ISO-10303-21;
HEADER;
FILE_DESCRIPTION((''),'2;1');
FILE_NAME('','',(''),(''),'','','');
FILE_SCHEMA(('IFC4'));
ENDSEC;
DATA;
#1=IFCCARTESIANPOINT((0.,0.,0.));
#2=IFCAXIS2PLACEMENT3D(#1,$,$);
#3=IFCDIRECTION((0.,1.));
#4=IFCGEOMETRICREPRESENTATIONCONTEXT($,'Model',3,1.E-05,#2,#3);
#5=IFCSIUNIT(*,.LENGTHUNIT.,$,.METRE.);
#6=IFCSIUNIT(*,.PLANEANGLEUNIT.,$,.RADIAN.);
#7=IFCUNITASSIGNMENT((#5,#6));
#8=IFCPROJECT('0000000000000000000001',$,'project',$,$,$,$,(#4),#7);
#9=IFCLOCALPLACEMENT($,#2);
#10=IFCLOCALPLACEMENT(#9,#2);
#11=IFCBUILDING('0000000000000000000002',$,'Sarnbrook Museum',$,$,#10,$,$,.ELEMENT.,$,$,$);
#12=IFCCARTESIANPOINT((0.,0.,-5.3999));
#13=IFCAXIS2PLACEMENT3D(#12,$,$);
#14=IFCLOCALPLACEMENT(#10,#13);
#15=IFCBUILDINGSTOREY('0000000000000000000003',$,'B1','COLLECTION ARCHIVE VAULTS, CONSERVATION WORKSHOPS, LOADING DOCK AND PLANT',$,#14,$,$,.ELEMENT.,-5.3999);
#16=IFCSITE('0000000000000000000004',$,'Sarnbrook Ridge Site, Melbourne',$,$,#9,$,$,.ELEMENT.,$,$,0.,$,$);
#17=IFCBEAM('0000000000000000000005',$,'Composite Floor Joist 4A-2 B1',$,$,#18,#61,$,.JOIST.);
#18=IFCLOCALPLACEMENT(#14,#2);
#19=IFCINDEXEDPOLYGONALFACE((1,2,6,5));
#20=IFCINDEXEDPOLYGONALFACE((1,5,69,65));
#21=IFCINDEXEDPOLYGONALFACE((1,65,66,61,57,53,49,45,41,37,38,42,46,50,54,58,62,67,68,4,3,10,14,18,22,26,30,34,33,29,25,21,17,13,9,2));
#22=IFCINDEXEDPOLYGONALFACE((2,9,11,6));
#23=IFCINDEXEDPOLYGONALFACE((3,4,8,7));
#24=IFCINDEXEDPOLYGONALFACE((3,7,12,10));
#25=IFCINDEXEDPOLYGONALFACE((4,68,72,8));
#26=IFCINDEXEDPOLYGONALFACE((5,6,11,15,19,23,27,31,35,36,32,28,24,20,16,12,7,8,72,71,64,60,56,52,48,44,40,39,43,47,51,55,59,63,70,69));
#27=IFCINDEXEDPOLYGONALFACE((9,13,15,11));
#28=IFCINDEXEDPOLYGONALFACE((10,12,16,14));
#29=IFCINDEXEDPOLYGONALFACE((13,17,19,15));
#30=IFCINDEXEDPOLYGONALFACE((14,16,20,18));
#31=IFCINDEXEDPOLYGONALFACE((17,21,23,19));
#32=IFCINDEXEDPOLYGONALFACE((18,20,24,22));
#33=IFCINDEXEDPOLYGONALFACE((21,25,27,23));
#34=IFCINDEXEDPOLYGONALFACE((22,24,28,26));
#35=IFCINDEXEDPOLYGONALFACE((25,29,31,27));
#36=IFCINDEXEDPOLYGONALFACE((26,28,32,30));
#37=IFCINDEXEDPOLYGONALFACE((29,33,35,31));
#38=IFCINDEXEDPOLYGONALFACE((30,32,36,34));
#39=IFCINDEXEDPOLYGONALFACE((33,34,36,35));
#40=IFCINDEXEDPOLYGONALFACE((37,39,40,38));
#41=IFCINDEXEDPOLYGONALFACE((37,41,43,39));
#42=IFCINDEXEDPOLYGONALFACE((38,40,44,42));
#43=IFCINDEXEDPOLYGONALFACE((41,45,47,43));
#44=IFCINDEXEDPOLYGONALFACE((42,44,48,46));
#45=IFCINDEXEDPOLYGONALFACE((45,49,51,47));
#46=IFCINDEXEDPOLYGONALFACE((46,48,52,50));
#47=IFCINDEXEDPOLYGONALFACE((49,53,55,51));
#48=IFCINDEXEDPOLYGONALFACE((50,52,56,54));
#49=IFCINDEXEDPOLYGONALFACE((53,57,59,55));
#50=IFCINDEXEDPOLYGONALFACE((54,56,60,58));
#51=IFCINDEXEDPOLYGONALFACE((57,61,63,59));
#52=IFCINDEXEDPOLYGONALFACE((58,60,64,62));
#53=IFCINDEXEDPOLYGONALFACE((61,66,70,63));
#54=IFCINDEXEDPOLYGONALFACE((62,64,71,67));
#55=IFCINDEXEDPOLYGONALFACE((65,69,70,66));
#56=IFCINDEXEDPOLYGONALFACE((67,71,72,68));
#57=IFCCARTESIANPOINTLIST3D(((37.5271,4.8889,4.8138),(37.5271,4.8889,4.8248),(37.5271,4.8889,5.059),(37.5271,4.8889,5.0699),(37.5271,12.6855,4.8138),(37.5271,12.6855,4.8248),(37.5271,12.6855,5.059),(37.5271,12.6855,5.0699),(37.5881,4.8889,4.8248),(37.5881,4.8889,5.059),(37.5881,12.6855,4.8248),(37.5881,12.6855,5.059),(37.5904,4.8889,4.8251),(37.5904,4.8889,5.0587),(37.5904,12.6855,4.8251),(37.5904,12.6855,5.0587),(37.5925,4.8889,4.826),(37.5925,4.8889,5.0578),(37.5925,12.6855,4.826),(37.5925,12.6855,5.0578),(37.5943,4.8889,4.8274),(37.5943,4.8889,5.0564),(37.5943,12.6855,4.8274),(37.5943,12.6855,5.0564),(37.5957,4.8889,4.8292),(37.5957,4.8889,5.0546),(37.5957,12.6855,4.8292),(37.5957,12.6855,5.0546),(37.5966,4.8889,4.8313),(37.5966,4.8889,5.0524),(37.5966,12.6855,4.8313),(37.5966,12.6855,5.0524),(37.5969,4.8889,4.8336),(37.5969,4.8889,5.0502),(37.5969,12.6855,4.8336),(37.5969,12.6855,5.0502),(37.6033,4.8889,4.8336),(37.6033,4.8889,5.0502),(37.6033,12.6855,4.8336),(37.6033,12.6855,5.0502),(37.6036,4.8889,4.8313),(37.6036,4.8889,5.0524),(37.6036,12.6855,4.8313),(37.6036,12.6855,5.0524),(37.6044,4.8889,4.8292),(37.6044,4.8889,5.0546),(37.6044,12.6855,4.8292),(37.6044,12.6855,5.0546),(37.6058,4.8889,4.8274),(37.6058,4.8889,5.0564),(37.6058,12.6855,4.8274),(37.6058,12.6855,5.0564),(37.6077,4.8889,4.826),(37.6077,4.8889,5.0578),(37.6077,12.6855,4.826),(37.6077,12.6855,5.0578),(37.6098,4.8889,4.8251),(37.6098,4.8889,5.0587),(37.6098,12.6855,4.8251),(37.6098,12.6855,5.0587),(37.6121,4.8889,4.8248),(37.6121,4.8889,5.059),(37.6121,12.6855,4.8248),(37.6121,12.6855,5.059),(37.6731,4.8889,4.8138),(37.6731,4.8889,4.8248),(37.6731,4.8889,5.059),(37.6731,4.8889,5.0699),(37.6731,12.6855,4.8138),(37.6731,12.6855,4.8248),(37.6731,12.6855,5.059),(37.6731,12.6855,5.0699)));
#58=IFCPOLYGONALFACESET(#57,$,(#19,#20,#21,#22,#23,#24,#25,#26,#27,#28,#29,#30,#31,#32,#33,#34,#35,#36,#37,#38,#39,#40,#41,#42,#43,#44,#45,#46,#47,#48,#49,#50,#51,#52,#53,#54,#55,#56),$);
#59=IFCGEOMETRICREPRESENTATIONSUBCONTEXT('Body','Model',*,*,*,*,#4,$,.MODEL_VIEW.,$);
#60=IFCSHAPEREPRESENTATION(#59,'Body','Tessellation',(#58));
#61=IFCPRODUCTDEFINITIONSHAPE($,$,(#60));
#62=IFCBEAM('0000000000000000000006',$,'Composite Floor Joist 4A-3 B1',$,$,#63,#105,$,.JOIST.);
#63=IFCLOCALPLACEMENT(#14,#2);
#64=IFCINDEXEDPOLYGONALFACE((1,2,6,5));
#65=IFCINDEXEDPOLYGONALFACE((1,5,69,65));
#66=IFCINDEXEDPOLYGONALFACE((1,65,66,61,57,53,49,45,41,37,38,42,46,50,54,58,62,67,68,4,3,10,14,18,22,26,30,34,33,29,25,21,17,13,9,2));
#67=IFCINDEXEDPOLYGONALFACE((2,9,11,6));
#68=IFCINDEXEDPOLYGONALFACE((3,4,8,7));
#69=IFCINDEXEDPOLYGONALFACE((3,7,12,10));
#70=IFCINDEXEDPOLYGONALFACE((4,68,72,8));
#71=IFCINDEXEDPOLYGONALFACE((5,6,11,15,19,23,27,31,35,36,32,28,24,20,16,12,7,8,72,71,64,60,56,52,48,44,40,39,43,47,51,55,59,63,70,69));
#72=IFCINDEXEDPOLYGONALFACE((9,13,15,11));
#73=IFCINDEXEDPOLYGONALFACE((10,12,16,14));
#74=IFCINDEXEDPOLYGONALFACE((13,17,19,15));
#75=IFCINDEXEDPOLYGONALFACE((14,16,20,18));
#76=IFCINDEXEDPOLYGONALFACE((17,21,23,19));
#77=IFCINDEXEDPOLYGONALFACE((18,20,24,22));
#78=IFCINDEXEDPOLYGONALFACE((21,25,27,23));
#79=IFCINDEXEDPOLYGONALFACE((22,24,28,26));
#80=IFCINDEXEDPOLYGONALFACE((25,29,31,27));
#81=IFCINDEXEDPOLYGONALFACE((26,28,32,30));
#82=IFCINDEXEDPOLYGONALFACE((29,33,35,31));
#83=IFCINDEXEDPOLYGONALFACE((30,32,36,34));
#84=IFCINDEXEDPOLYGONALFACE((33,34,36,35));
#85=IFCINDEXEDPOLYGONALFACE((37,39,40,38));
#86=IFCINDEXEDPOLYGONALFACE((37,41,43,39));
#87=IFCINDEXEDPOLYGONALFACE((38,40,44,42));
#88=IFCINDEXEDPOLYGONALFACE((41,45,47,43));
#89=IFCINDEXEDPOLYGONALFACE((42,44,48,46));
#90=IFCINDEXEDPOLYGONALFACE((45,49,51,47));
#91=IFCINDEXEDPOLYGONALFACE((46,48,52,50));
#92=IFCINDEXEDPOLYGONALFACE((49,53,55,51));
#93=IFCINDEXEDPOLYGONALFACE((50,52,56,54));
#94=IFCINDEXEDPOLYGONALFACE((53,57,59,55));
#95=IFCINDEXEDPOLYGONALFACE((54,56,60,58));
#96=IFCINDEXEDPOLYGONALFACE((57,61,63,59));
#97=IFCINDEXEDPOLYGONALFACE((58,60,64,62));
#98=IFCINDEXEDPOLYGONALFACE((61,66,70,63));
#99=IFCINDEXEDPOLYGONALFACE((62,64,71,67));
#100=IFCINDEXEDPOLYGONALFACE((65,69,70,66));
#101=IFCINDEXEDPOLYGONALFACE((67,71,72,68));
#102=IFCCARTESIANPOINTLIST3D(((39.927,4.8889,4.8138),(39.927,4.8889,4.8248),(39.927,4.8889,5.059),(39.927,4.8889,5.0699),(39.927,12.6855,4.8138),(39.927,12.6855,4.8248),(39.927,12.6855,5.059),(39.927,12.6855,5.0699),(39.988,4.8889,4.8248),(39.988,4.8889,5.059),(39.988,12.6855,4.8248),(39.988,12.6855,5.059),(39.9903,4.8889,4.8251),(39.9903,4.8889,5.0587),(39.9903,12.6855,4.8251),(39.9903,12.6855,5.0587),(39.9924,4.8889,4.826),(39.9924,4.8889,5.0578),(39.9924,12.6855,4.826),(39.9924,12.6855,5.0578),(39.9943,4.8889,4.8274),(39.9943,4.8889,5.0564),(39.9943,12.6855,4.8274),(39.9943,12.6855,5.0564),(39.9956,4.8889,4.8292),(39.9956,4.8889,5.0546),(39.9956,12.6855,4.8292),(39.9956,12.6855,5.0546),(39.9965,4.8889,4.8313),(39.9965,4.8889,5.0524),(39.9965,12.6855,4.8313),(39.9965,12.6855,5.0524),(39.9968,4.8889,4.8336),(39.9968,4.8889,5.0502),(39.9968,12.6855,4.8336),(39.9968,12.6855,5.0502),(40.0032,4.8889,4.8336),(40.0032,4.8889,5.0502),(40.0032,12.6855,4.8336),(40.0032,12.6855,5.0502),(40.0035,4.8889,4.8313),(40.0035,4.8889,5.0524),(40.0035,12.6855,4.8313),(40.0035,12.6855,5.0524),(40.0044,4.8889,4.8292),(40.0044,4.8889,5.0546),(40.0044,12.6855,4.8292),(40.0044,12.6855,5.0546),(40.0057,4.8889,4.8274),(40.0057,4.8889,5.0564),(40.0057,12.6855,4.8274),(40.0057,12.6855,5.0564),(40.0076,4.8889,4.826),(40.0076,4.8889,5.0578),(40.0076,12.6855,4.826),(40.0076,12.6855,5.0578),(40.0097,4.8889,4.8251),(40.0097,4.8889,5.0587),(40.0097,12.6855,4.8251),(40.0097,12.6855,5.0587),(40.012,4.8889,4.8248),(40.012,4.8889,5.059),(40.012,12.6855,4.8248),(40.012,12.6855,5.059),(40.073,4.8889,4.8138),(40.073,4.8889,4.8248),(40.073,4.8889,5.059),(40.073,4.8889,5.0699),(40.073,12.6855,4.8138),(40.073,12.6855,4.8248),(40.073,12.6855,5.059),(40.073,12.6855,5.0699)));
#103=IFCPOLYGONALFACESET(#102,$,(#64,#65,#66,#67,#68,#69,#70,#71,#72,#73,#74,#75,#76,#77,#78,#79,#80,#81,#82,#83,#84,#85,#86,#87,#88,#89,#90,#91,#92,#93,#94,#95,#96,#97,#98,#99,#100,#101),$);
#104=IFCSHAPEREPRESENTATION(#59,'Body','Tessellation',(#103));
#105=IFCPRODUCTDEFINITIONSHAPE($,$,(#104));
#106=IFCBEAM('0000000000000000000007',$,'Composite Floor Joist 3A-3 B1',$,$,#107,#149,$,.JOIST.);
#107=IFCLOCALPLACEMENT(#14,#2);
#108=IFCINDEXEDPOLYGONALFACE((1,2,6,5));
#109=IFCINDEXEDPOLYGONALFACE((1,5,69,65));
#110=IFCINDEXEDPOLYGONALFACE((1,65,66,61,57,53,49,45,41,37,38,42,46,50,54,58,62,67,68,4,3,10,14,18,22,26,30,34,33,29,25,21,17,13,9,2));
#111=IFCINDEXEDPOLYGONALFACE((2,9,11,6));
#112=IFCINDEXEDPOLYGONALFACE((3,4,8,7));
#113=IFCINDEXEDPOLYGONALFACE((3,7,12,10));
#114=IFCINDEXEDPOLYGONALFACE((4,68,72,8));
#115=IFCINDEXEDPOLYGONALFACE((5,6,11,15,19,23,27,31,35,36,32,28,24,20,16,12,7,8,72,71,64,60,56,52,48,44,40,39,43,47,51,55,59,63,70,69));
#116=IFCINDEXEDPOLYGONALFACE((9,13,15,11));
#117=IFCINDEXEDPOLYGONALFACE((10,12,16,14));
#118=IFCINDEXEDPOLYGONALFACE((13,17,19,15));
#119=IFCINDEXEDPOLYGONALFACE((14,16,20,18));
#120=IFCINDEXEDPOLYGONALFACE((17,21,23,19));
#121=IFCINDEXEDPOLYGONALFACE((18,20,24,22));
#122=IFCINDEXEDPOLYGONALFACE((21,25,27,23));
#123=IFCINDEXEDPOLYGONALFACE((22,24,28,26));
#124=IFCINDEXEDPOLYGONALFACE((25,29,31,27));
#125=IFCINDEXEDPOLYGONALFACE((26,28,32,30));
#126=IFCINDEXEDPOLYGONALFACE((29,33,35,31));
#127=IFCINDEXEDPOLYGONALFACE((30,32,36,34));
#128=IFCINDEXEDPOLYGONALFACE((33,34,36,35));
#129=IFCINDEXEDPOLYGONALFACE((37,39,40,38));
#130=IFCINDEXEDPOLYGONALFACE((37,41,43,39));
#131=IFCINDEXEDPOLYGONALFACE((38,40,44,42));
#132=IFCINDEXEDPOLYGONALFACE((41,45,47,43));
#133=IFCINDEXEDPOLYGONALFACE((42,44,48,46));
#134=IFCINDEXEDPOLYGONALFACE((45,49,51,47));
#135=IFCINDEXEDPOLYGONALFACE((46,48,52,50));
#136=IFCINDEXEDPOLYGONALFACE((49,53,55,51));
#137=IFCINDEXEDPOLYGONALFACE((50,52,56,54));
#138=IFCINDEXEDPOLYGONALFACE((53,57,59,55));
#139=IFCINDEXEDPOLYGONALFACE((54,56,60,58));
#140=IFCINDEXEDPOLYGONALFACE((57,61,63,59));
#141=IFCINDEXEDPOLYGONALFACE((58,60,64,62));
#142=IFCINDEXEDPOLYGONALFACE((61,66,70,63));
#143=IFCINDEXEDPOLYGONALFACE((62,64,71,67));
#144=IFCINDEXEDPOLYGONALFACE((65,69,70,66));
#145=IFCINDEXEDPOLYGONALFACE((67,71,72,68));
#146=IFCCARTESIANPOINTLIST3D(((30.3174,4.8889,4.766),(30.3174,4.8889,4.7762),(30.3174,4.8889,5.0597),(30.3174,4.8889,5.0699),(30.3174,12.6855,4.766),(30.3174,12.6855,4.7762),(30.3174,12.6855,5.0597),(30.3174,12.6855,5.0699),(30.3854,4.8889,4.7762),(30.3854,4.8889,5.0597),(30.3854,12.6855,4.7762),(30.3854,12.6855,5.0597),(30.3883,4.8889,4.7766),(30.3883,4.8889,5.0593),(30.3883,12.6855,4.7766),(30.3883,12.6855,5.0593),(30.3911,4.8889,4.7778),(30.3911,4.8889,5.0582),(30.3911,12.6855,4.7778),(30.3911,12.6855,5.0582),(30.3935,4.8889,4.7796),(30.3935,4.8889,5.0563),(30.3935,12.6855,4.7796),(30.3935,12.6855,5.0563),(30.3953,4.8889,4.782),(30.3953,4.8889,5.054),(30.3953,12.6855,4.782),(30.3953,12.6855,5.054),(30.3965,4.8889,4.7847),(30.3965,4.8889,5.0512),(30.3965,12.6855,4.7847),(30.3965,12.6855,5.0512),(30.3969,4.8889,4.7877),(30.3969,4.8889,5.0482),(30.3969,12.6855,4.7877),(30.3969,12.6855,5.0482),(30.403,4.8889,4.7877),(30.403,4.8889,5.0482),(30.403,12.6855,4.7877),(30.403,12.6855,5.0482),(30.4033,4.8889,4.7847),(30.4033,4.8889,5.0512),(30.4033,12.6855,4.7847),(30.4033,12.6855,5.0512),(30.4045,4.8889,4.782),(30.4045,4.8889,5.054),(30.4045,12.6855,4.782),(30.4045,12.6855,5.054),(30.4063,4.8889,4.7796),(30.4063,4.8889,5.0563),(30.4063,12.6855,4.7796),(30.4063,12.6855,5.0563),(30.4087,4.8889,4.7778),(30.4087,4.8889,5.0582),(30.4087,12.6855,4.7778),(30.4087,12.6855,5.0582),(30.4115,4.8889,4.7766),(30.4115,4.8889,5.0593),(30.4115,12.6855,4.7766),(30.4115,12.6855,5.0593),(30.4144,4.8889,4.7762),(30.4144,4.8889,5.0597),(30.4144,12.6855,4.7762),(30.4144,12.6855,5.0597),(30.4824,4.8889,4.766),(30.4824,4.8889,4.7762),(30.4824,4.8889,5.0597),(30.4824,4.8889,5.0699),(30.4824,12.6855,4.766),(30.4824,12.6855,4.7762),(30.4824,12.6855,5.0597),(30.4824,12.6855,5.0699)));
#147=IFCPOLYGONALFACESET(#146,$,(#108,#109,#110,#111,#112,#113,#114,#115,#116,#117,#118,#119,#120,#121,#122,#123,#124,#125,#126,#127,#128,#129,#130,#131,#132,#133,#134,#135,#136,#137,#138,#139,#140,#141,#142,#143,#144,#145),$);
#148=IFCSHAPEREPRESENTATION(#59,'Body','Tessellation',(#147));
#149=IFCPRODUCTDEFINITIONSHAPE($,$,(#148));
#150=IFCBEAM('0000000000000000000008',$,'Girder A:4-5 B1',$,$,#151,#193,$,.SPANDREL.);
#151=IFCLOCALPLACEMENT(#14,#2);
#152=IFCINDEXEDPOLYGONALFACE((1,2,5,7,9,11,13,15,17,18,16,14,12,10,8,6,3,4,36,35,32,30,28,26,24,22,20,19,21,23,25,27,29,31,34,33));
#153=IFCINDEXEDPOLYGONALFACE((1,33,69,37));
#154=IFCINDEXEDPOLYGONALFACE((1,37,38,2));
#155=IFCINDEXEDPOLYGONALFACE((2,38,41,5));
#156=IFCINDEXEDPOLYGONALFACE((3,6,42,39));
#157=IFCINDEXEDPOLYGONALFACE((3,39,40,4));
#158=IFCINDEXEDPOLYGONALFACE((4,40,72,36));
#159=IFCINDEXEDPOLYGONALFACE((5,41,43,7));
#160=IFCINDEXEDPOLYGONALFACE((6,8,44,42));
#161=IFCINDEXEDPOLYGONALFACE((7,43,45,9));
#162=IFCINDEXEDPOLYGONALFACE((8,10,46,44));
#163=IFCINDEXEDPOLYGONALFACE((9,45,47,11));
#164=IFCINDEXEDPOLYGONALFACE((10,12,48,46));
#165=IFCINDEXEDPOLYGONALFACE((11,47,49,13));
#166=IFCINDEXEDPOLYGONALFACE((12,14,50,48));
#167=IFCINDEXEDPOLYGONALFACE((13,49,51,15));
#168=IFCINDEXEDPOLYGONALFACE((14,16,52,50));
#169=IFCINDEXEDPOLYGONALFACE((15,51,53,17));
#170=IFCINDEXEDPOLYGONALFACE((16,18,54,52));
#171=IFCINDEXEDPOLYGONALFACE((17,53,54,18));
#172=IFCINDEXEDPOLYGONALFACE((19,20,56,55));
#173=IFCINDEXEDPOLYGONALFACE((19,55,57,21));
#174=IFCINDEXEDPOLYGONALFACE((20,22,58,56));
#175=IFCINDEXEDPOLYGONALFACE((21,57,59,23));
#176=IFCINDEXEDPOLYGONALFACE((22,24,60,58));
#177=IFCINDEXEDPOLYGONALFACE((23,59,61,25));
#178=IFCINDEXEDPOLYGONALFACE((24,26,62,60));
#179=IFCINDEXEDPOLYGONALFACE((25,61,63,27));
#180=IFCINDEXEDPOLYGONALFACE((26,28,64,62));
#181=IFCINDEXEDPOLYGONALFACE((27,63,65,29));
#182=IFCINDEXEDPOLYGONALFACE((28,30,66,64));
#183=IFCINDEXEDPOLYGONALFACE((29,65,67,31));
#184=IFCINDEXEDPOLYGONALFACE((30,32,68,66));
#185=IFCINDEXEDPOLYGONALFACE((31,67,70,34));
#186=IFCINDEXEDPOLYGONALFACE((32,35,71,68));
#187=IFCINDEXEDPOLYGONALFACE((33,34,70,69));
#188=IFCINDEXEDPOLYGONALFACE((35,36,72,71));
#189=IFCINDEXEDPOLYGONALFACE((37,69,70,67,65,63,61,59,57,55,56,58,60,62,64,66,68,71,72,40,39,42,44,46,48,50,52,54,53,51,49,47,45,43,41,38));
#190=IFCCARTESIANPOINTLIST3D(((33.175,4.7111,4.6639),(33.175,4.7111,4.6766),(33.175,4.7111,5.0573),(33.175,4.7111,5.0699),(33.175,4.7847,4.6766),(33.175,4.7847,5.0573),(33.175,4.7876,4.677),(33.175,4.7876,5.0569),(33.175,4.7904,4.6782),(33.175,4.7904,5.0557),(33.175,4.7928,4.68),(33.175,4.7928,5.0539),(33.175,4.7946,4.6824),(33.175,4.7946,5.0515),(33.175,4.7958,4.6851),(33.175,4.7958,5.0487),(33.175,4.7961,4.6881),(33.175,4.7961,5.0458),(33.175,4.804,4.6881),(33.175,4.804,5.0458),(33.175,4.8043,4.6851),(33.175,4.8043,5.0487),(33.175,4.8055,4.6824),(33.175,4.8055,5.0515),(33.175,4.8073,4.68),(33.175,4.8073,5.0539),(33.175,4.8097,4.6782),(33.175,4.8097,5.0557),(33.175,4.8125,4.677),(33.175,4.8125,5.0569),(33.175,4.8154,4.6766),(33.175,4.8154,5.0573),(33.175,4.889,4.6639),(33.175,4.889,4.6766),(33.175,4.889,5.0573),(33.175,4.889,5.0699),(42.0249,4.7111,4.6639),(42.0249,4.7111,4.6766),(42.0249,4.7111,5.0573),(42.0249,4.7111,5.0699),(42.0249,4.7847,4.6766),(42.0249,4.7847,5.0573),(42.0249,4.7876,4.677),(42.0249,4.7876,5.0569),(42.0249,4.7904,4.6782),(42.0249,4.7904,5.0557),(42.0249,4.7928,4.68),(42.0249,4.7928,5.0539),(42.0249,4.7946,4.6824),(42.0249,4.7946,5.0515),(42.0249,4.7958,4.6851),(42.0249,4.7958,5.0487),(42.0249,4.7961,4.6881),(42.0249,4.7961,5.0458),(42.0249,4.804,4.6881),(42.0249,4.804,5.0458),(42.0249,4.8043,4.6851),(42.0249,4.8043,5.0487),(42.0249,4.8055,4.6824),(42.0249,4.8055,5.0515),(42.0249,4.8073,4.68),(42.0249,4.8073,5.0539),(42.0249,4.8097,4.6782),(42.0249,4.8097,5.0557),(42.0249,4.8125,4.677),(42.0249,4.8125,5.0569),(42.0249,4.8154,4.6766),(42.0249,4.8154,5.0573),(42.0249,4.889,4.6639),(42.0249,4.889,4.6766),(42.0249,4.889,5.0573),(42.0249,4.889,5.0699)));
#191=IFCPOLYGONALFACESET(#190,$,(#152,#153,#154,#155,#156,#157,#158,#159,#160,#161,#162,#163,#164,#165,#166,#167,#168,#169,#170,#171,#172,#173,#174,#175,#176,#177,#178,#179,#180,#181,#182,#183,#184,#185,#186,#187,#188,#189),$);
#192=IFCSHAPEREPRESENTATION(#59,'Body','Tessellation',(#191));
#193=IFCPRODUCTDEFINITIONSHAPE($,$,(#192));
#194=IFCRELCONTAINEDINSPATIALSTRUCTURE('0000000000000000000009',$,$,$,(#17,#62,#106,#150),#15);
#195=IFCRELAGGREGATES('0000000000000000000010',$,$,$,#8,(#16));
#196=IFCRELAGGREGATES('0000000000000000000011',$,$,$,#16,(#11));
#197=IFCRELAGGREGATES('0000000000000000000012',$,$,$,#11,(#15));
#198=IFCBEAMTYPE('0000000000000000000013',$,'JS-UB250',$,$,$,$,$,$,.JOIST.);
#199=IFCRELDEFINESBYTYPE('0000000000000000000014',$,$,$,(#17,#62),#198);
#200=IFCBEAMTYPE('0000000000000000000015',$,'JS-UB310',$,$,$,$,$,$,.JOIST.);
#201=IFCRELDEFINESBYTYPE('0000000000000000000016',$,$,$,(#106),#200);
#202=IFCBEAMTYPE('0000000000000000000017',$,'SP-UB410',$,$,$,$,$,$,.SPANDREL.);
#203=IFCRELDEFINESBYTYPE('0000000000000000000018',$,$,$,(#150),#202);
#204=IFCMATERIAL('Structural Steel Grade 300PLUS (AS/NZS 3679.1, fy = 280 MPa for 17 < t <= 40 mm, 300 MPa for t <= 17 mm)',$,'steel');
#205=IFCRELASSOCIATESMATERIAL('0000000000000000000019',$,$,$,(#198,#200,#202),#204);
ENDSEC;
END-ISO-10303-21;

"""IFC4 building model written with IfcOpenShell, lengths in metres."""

from ifc_helpers import new_model, si_unit, direction, frame, origin, origin_2d, place, context, subcontext, project, spatial, i_section, extrude, material, material_profile, profile_set, type_object, element, save


model = new_model("IFC4")

# Units and contexts
model_context = context("Model", 3, precision=1e-05, world=origin(), true_north=direction((0.0, 1.0)))
body_context = subcontext(model_context, "Body", "Model", "MODEL_VIEW")
ifc_project = project(units=[si_unit("LENGTHUNIT", "METRE"), si_unit("PLANEANGLEUNIT", "RADIAN")], contexts=[model_context])

# Site, building, storey
site_placement = place(None, origin())
site = spatial("IfcSite", under=ifc_project, at=site_placement, Name="Sarnbrook Ridge Site, Melbourne", CompositionType="ELEMENT", RefElevation=0.0)
building_placement = place(site_placement, origin())
building = spatial("IfcBuilding", under=site, at=building_placement, Name="Sarnbrook Museum", CompositionType="ELEMENT")
storey_placement = place(building_placement, frame((0.0, 0.0, -5.3999)))
storey = spatial("IfcBuildingStorey", under=building, at=storey_placement, Name="B1", Description="COLLECTION ARCHIVE VAULTS, CONSERVATION WORKSHOPS, LOADING DOCK AND PLANT", CompositionType="ELEMENT", Elevation=-5.3999)

# Beams
ifc_material_1 = material(Name="Structural Steel Grade 300PLUS (AS/NZS 3679.1, fy = 280 MPa for 17 < t <= 40 mm, 300 MPa for t <= 17 mm)", Category="steel")
ifc_material_profile_1 = material_profile(ifc_material_1, i_section(OverallWidth=0.146, OverallDepth=0.2561, WebThickness=0.0063, FlangeThickness=0.011, FilletRadius=0.0088, at=origin_2d()), Name="250UB37.3")
ifc_profile_set_1 = profile_set([ifc_material_profile_1], Name="Structural Steel Grade 300PLUS (AS/NZS 3679.1, fy = 280 MPa for 17 < t <= 40 mm, 300 MPa for t <= 17 mm)")
beam_type_1 = type_object("IfcBeamType", Name="JS-UB250", PredefinedType="JOIST", material=ifc_profile_set_1)
for number, where, z_axis, x_axis, name in (
    (1, (37.6001, 4.8889, 4.9419), (0.0, 1.0, 0.0), (-1.0, 0.0, 0.0), "Composite Floor Joist 4A-2 B1"),
    (2, (40.0, 4.8889, 4.9419), (0.0, 1.0, 0.0), (-1.0, 0.0, 0.0), "Composite Floor Joist 4A-3 B1"),
):
    element("IfcBeam", number, at=place(storey_placement, frame(where, z_axis=z_axis, x_axis=x_axis)), inside=storey, type_object=beam_type_1, Name=name, PredefinedType="JOIST", context=body_context, shape_type="SweptSolid", body=[
        extrude(i_section(OverallWidth=0.146, OverallDepth=0.2561, WebThickness=0.0063, FlangeThickness=0.011, FilletRadius=0.0088, at=origin_2d()), origin(), (0.0, 0.0, 1.0), 7.7966),
    ])
ifc_material_profile_2 = material_profile(ifc_material_1, i_section(OverallWidth=0.165, OverallDepth=0.304, WebThickness=0.0061, FlangeThickness=0.0103, FilletRadius=0.0115, at=origin_2d()), Name="310UB40.4")
ifc_profile_set_2 = profile_set([ifc_material_profile_2], Name="Structural Steel Grade 300PLUS (AS/NZS 3679.1, fy = 280 MPa for 17 < t <= 40 mm, 300 MPa for t <= 17 mm)")
beam_type_2 = type_object("IfcBeamType", Name="JS-UB310", PredefinedType="JOIST", material=ifc_profile_set_2)
beam_1_placement = place(storey_placement, frame((30.3999, 4.8889, 4.918), z_axis=(0.0, 1.0, 0.0), x_axis=(-1.0, 0.0, 0.0)))
element("IfcBeam", 3, at=beam_1_placement, inside=storey, type_object=beam_type_2, Name="Composite Floor Joist 3A-3 B1", PredefinedType="JOIST", context=body_context, shape_type="SweptSolid", body=[
    extrude(i_section(OverallWidth=0.165, OverallDepth=0.304, WebThickness=0.0061, FlangeThickness=0.0103, FilletRadius=0.0115, at=origin_2d()), origin(), (0.0, 0.0, 1.0), 7.7966),
])
ifc_material_profile_3 = material_profile(ifc_material_1, i_section(OverallWidth=0.178, OverallDepth=0.406, WebThickness=0.0078, FlangeThickness=0.0127, FilletRadius=0.0115, at=origin_2d()), Name="410UB59.7")
ifc_profile_set_3 = profile_set([ifc_material_profile_3], Name="Structural Steel Grade 300PLUS (AS/NZS 3679.1, fy = 280 MPa for 17 < t <= 40 mm, 300 MPa for t <= 17 mm)")
beam_type_3 = type_object("IfcBeamType", Name="SP-UB410", PredefinedType="SPANDREL", material=ifc_profile_set_3)
beam_2_placement = place(storey_placement, frame((33.175, 4.8, 4.8669), z_axis=(1.0, 0.0, 0.0), x_axis=(0.0, 1.0, 0.0)))
element("IfcBeam", 4, at=beam_2_placement, inside=storey, type_object=beam_type_3, Name="Girder A:4-5 B1", PredefinedType="SPANDREL", context=body_context, shape_type="SweptSolid", body=[
    extrude(i_section(OverallWidth=0.178, OverallDepth=0.406, WebThickness=0.0078, FlangeThickness=0.0127, FilletRadius=0.0115, at=origin_2d()), origin(), (0.0, 0.0, 1.0), 8.8499),
])

save(model, "model.ifc")
